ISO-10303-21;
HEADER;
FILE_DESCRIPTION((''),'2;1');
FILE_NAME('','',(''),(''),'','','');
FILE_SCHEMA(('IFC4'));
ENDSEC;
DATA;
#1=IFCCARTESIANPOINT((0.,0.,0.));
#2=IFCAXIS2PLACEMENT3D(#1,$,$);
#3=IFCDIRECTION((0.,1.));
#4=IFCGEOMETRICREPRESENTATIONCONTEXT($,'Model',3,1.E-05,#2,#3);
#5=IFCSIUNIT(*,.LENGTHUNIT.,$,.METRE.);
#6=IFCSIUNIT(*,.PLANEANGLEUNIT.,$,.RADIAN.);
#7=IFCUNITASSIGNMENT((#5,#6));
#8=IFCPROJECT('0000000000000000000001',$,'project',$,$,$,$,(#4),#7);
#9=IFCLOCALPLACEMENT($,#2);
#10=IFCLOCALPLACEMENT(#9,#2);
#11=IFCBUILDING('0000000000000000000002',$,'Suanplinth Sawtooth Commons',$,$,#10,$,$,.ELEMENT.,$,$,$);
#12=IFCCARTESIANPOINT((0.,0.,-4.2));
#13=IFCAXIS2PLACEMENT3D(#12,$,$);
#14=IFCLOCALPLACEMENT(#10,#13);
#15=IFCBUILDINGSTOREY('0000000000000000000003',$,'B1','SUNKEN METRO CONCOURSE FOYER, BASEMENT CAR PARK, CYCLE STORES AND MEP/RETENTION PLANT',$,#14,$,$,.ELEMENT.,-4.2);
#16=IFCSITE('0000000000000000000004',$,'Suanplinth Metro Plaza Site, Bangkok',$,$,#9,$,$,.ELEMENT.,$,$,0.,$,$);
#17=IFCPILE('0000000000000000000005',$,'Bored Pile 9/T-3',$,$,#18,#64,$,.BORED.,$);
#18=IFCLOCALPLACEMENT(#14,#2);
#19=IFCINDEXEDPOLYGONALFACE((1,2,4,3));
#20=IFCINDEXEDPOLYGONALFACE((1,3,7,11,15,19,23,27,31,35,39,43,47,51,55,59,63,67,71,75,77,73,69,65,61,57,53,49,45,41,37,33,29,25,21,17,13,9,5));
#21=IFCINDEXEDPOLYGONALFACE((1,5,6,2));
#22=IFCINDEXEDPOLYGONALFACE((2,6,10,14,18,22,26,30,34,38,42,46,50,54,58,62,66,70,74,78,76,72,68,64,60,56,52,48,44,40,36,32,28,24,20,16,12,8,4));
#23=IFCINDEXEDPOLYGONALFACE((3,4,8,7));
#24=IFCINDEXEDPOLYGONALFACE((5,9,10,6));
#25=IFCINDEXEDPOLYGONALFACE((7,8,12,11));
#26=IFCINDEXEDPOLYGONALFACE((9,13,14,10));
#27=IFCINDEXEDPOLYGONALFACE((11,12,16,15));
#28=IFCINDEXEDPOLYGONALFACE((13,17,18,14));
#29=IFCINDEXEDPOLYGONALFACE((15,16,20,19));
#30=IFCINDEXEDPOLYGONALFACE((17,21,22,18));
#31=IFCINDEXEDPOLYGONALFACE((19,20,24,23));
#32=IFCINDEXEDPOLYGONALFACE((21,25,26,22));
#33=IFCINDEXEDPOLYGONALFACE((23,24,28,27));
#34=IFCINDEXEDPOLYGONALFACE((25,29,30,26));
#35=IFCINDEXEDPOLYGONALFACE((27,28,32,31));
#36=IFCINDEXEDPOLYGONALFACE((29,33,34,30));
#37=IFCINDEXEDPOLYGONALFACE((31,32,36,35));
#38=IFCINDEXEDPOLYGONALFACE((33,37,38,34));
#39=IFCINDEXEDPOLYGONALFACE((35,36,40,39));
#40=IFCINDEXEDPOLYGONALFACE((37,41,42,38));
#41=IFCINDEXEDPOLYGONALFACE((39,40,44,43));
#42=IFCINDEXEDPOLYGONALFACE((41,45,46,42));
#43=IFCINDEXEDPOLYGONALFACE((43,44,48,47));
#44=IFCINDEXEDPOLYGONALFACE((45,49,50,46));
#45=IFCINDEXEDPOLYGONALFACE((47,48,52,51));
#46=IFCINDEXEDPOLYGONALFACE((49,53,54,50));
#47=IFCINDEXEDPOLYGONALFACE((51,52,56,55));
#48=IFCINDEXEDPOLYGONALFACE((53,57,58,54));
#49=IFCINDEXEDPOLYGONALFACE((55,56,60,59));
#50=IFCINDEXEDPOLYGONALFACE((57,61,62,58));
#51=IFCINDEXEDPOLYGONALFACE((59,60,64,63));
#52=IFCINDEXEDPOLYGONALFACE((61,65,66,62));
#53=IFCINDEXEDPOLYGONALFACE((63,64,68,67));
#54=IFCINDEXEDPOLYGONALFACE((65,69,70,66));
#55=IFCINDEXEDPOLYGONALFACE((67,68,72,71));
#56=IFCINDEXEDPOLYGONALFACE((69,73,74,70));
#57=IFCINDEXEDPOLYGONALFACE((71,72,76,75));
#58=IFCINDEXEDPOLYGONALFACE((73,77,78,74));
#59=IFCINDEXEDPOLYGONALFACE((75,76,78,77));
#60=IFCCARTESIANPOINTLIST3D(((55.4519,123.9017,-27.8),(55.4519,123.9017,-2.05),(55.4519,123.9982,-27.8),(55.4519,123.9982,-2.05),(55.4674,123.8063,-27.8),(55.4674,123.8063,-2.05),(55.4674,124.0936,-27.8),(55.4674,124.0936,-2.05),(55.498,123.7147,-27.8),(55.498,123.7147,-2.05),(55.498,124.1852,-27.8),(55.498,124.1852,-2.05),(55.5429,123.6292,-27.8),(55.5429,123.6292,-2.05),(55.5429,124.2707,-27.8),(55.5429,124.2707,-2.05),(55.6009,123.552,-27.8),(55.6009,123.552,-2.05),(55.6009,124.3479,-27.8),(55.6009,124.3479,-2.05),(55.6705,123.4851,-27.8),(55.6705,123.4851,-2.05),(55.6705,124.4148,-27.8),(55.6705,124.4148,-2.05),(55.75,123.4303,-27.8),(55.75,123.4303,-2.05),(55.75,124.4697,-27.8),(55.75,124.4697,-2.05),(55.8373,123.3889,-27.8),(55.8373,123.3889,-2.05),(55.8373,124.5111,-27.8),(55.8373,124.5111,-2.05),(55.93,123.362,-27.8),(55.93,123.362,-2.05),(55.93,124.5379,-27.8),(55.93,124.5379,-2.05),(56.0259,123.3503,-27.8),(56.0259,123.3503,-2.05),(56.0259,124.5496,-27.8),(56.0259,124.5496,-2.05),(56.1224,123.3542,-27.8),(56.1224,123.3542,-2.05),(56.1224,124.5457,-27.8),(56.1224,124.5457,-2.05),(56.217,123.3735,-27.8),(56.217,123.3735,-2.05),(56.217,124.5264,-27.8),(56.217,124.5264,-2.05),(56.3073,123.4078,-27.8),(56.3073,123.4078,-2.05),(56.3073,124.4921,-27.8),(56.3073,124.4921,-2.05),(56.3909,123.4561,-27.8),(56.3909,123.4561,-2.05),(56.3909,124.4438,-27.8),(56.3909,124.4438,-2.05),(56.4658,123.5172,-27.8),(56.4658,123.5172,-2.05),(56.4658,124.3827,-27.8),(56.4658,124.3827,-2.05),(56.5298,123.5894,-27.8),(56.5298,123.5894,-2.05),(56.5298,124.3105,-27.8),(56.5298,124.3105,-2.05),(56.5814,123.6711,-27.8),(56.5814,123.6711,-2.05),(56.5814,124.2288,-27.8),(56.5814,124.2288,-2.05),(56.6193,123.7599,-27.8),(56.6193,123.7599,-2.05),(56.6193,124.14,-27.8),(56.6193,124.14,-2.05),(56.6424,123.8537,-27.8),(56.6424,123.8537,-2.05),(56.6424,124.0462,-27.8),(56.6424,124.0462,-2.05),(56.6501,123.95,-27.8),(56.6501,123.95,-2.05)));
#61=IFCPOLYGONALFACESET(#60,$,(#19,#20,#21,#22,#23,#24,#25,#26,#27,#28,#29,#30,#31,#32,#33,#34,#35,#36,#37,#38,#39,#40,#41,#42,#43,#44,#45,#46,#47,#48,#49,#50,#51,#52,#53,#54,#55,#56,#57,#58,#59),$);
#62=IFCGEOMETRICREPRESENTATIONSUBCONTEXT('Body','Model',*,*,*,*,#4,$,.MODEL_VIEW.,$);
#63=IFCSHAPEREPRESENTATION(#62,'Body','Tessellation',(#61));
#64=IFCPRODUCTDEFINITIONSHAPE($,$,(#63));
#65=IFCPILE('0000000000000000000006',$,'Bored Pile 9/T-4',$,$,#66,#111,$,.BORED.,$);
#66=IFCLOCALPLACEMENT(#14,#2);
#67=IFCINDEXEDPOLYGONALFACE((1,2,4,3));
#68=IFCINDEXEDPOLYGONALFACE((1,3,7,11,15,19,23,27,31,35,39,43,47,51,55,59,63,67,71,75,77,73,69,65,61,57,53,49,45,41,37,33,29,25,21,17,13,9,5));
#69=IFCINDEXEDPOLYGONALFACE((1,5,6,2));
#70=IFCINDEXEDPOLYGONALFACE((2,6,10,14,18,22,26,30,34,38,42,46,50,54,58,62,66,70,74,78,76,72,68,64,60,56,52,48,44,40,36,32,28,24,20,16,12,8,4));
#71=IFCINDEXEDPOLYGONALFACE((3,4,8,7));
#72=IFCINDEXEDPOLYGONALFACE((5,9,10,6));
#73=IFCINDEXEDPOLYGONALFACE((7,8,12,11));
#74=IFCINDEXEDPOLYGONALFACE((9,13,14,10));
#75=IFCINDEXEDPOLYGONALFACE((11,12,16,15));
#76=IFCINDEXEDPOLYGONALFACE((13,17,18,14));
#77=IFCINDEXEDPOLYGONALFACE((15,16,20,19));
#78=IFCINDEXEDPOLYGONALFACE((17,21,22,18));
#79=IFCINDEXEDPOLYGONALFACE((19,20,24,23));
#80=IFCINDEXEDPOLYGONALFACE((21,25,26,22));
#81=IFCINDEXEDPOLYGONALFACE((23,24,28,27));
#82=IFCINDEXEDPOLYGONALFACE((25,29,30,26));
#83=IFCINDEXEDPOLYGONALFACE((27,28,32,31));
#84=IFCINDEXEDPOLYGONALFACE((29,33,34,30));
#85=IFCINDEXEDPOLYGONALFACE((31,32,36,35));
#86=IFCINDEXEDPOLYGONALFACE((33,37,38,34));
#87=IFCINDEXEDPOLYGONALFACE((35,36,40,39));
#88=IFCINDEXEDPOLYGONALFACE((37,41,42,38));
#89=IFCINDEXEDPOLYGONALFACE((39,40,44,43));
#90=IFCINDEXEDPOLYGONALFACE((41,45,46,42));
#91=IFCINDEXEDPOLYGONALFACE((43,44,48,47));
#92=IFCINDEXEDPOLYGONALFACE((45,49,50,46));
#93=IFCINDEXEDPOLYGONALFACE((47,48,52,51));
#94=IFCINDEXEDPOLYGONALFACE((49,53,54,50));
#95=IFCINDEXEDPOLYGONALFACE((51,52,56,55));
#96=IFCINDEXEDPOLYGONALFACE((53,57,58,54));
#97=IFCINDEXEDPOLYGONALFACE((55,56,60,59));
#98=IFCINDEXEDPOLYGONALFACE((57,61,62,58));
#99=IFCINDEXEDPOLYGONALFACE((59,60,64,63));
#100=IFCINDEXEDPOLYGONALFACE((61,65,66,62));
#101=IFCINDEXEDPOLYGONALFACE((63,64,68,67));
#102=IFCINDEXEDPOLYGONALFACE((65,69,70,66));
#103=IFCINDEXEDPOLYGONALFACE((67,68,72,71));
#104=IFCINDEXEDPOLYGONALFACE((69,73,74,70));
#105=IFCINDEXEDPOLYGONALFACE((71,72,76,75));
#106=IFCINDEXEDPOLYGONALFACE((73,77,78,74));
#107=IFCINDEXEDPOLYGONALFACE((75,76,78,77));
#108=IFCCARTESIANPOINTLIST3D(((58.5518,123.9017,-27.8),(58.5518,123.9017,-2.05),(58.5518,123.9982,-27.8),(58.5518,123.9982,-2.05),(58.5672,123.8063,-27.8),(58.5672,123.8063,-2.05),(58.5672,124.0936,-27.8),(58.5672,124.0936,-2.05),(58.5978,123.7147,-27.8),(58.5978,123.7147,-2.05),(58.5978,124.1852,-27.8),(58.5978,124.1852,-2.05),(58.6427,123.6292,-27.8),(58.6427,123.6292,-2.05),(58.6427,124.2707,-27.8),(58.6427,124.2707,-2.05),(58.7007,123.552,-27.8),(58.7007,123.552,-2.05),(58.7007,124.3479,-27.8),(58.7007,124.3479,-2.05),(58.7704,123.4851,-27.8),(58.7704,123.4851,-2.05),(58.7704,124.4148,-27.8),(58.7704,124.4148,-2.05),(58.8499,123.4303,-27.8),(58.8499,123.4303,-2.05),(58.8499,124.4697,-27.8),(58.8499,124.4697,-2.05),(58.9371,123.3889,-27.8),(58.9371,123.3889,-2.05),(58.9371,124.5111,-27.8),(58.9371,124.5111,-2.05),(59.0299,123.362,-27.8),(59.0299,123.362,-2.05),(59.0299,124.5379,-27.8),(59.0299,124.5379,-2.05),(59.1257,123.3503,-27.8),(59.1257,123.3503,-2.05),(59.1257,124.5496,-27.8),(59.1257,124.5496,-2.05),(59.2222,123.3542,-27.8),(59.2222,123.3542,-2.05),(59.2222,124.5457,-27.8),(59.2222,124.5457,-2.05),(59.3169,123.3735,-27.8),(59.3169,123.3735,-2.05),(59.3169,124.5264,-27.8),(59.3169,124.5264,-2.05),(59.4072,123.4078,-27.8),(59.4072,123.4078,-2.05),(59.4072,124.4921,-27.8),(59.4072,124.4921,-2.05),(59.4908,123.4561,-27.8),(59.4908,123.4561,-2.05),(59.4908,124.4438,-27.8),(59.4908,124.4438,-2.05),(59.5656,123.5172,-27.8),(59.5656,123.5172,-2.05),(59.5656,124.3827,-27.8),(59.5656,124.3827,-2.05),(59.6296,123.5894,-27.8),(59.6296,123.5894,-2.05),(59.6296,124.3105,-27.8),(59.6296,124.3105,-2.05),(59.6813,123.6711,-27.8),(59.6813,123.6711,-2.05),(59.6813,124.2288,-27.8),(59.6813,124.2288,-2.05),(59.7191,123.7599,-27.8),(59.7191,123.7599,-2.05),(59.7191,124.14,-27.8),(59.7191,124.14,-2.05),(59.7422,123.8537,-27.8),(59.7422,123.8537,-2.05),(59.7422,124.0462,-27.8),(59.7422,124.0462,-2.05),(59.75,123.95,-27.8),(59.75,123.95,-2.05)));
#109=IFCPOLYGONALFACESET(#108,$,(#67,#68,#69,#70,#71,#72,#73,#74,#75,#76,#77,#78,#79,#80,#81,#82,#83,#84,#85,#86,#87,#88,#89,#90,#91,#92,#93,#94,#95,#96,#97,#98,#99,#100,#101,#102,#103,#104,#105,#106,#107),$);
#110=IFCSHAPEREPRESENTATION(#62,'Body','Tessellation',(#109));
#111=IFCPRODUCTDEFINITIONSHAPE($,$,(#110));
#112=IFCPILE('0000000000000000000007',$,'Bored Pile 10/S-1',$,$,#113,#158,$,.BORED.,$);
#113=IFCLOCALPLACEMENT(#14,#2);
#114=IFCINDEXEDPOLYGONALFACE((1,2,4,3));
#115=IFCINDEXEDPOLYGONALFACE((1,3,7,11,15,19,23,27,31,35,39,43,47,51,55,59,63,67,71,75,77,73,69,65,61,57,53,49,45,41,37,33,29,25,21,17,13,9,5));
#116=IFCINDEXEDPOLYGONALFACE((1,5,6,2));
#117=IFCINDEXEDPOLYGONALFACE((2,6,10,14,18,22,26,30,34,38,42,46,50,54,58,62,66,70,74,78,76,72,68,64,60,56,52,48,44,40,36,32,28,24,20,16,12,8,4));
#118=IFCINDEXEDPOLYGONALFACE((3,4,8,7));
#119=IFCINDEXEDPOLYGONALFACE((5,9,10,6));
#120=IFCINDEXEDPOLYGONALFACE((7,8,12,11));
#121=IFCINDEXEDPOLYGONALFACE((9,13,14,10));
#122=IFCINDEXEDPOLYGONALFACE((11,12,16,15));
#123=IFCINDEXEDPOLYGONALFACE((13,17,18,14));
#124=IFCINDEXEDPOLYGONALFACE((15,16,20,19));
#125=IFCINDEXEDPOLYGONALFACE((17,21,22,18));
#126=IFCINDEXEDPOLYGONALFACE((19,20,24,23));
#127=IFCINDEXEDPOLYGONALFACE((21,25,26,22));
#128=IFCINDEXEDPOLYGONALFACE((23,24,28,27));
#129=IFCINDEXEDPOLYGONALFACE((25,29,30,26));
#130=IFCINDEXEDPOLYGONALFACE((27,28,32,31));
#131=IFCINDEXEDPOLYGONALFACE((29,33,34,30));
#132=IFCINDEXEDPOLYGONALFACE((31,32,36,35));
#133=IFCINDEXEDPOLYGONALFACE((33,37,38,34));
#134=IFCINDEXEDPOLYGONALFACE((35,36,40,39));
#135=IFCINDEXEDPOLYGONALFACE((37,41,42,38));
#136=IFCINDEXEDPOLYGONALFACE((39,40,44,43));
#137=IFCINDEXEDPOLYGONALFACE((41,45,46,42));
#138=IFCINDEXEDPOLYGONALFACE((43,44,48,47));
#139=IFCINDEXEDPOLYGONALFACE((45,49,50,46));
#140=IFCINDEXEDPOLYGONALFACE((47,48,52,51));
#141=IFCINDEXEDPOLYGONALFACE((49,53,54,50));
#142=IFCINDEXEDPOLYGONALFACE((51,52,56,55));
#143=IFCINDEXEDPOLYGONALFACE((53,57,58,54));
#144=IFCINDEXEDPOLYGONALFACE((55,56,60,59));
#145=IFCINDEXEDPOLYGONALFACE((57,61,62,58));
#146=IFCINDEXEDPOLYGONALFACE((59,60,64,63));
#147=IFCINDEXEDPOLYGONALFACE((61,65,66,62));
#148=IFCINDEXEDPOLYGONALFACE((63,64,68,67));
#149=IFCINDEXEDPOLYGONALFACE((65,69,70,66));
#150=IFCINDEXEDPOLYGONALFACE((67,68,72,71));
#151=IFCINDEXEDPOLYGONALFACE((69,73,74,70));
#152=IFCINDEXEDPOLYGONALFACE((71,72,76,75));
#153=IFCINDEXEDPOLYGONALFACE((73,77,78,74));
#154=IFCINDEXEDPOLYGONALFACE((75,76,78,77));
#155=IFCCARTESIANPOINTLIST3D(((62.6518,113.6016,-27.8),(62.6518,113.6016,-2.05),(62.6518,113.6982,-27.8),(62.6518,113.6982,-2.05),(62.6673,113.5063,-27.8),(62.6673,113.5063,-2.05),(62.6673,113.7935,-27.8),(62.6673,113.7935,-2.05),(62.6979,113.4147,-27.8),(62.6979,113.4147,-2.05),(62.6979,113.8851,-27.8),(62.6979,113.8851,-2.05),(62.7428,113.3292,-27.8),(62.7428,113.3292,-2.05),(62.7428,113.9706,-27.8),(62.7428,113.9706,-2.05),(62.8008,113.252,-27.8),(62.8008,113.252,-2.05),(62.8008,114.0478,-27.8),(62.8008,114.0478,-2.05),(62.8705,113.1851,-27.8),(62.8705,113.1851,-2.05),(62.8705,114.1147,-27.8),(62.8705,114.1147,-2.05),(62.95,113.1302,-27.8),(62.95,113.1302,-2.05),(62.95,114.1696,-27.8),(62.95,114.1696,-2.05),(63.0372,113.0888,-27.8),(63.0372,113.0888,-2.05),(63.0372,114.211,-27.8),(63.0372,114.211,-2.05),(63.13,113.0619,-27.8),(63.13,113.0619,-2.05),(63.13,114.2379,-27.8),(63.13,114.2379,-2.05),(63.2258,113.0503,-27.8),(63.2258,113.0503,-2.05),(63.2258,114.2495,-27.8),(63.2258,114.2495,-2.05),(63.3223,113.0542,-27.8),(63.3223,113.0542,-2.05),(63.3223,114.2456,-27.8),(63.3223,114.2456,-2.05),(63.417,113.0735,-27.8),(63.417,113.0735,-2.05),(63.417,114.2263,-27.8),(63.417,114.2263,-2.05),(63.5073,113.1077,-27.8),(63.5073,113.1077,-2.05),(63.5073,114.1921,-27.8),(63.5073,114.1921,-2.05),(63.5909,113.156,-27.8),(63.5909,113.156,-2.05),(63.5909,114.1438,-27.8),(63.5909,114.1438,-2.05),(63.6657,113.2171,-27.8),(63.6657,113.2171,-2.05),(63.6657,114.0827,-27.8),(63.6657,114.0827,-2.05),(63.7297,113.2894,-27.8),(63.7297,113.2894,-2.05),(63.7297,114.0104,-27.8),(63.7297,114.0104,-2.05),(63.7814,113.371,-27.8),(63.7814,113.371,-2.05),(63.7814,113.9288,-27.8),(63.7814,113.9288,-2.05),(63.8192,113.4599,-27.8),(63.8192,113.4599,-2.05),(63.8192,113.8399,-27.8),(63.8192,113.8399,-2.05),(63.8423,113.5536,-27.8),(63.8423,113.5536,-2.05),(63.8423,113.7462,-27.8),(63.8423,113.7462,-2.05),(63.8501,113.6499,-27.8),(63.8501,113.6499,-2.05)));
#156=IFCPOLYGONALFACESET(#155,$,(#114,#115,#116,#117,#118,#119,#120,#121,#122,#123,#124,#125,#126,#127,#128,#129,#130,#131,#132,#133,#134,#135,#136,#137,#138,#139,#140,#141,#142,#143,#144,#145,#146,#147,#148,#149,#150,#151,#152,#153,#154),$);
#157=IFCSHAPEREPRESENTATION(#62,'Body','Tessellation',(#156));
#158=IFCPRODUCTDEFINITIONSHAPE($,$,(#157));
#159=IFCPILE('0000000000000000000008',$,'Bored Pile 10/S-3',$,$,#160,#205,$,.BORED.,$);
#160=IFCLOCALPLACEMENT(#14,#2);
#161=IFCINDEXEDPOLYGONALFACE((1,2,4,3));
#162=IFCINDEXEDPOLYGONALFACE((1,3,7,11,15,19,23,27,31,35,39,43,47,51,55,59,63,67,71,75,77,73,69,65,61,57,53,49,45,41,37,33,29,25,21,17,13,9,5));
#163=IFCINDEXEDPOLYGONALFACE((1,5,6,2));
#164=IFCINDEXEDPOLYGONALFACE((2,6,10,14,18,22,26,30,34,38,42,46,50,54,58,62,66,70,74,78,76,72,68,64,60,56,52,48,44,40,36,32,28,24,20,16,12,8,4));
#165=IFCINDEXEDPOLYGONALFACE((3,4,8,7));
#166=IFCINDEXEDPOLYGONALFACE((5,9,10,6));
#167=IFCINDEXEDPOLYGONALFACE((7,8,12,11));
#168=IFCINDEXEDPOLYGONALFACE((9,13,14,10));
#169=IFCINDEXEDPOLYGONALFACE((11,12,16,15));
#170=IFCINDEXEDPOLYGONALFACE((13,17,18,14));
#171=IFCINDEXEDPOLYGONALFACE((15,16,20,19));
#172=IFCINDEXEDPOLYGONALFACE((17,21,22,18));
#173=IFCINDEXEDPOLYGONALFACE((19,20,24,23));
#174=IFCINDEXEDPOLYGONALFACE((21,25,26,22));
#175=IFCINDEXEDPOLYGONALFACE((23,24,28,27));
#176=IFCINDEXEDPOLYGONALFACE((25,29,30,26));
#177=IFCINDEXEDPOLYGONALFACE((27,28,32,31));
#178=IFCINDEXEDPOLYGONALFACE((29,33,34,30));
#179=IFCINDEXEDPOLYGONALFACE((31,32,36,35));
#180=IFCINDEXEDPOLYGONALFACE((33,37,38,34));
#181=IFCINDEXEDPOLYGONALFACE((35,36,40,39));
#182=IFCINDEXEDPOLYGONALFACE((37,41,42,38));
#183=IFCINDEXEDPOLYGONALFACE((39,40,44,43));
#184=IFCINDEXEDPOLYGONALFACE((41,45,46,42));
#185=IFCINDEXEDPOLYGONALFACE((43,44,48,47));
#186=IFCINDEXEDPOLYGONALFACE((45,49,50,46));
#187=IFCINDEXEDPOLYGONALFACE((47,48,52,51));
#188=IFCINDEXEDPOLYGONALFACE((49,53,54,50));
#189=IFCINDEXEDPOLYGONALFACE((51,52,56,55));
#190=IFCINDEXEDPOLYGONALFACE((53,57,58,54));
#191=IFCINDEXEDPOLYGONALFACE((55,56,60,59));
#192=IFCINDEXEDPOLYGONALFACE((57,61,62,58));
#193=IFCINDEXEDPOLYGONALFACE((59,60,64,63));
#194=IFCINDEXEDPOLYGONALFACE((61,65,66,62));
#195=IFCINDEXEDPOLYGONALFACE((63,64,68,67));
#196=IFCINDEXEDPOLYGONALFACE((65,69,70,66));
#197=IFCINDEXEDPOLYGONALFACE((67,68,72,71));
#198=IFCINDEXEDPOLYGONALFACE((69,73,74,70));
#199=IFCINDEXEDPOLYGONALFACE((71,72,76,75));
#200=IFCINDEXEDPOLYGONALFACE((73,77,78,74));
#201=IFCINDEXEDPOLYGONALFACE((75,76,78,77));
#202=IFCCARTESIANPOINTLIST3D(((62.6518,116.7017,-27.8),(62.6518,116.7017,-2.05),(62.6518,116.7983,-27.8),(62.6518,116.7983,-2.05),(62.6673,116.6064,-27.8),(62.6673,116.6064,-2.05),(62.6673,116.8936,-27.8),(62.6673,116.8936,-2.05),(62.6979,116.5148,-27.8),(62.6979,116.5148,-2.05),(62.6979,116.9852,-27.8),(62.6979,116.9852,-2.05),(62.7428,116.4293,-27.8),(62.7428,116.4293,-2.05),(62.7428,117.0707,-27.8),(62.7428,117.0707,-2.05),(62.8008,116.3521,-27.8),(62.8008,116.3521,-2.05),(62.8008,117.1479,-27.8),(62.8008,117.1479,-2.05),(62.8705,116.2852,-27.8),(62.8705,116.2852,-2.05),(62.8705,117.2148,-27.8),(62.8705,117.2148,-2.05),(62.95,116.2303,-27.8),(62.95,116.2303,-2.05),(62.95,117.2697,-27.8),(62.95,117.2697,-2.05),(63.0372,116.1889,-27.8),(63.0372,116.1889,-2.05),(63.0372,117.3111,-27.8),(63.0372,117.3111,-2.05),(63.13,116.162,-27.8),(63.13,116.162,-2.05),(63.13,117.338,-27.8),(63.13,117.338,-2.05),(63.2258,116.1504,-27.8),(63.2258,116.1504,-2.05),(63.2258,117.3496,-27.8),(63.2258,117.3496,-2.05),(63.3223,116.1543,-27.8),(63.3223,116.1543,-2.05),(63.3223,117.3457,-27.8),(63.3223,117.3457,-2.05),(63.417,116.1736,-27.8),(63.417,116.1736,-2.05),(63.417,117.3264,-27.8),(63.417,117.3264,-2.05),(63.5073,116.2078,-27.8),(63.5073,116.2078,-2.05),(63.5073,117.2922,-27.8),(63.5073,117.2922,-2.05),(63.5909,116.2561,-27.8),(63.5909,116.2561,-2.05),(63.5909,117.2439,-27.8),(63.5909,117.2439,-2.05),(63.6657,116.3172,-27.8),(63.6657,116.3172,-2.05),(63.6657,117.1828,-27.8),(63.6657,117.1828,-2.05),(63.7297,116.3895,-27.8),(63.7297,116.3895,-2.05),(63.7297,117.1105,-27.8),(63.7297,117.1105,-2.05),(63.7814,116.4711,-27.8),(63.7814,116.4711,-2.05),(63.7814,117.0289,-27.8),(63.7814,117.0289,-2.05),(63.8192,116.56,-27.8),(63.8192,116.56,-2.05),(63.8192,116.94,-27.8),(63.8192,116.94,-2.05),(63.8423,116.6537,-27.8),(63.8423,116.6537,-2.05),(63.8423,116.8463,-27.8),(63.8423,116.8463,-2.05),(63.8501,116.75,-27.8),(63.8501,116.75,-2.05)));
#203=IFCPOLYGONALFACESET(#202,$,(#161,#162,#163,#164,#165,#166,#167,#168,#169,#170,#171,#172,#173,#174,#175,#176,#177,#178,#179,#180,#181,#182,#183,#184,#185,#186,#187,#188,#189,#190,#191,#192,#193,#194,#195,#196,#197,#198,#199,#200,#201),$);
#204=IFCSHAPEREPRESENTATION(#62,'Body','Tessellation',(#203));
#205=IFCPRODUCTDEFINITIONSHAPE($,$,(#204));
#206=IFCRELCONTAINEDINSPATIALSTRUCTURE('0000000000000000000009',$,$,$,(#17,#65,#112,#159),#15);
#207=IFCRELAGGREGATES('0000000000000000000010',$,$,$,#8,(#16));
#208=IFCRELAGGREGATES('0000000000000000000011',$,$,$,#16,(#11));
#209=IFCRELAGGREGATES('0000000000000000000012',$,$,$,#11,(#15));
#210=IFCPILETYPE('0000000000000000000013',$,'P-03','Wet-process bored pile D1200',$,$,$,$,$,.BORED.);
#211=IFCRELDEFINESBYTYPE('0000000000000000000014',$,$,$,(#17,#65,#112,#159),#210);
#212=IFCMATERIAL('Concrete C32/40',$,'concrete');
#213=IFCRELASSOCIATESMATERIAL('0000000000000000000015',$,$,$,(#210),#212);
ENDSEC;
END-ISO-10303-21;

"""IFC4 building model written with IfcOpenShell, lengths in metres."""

from ifc_helpers import new_model, si_unit, direction, frame, origin, origin_2d, place, context, subcontext, project, spatial, circle, extrude, material, material_profile, profile_set, type_object, element, save


model = new_model("IFC4")

# Units and contexts
model_context = context("Model", 3, precision=1e-05, world=origin(), true_north=direction((0.0, 1.0)))
body_context = subcontext(model_context, "Body", "Model", "MODEL_VIEW")
ifc_project = project(units=[si_unit("LENGTHUNIT", "METRE"), si_unit("PLANEANGLEUNIT", "RADIAN")], contexts=[model_context])

# Site, building, storey
site_placement = place(None, origin())
site = spatial("IfcSite", under=ifc_project, at=site_placement, Name="Suanplinth Metro Plaza Site, Bangkok", CompositionType="ELEMENT", RefElevation=0.0)
building_placement = place(site_placement, origin())
building = spatial("IfcBuilding", under=site, at=building_placement, Name="Suanplinth Sawtooth Commons", CompositionType="ELEMENT")
storey_placement = place(building_placement, frame((0.0, 0.0, -4.2)))
storey = spatial("IfcBuildingStorey", under=building, at=storey_placement, Name="B1", Description="SUNKEN METRO CONCOURSE FOYER, BASEMENT CAR PARK, CYCLE STORES AND MEP/RETENTION PLANT", CompositionType="ELEMENT", Elevation=-4.2)

# Piles
ifc_material_1 = material(Name="Concrete C32/40", Category="concrete")
ifc_material_profile_1 = material_profile(ifc_material_1, circle(Radius=0.6001, at=origin_2d()), Name="PILE D1200")
ifc_profile_set_1 = profile_set([ifc_material_profile_1], Name="Concrete C32/40")
pile_type = type_object("IfcPileType", Name="P-03", Description="Wet-process bored pile D1200", PredefinedType="BORED", material=ifc_profile_set_1)
for number, where, z_axis, x_axis, name in (
    (1, (56.05, 123.95, -2.05), (0.0, 0.0, -1.0), (1.0, 0.0, 0.0), "Bored Pile 9/T-3"),
    (2, (59.1499, 123.95, -2.05), (0.0, 0.0, -1.0), (1.0, 0.0, 0.0), "Bored Pile 9/T-4"),
    (3, (63.25, 113.6499, -2.05), (0.0, 0.0, -1.0), (1.0, 0.0, 0.0), "Bored Pile 10/S-1"),
    (4, (63.25, 116.75, -2.05), (0.0, 0.0, -1.0), (1.0, 0.0, 0.0), "Bored Pile 10/S-3"),
):
    element("IfcPile", number, at=place(storey_placement, frame(where, z_axis=z_axis, x_axis=x_axis)), inside=storey, type_object=pile_type, Name=name, PredefinedType="BORED", context=body_context, shape_type="SweptSolid", body=[
        extrude(circle(Radius=0.6001, at=origin_2d()), origin(), (0.0, 0.0, 1.0), 25.75),
    ])

save(model, "model.ifc")
